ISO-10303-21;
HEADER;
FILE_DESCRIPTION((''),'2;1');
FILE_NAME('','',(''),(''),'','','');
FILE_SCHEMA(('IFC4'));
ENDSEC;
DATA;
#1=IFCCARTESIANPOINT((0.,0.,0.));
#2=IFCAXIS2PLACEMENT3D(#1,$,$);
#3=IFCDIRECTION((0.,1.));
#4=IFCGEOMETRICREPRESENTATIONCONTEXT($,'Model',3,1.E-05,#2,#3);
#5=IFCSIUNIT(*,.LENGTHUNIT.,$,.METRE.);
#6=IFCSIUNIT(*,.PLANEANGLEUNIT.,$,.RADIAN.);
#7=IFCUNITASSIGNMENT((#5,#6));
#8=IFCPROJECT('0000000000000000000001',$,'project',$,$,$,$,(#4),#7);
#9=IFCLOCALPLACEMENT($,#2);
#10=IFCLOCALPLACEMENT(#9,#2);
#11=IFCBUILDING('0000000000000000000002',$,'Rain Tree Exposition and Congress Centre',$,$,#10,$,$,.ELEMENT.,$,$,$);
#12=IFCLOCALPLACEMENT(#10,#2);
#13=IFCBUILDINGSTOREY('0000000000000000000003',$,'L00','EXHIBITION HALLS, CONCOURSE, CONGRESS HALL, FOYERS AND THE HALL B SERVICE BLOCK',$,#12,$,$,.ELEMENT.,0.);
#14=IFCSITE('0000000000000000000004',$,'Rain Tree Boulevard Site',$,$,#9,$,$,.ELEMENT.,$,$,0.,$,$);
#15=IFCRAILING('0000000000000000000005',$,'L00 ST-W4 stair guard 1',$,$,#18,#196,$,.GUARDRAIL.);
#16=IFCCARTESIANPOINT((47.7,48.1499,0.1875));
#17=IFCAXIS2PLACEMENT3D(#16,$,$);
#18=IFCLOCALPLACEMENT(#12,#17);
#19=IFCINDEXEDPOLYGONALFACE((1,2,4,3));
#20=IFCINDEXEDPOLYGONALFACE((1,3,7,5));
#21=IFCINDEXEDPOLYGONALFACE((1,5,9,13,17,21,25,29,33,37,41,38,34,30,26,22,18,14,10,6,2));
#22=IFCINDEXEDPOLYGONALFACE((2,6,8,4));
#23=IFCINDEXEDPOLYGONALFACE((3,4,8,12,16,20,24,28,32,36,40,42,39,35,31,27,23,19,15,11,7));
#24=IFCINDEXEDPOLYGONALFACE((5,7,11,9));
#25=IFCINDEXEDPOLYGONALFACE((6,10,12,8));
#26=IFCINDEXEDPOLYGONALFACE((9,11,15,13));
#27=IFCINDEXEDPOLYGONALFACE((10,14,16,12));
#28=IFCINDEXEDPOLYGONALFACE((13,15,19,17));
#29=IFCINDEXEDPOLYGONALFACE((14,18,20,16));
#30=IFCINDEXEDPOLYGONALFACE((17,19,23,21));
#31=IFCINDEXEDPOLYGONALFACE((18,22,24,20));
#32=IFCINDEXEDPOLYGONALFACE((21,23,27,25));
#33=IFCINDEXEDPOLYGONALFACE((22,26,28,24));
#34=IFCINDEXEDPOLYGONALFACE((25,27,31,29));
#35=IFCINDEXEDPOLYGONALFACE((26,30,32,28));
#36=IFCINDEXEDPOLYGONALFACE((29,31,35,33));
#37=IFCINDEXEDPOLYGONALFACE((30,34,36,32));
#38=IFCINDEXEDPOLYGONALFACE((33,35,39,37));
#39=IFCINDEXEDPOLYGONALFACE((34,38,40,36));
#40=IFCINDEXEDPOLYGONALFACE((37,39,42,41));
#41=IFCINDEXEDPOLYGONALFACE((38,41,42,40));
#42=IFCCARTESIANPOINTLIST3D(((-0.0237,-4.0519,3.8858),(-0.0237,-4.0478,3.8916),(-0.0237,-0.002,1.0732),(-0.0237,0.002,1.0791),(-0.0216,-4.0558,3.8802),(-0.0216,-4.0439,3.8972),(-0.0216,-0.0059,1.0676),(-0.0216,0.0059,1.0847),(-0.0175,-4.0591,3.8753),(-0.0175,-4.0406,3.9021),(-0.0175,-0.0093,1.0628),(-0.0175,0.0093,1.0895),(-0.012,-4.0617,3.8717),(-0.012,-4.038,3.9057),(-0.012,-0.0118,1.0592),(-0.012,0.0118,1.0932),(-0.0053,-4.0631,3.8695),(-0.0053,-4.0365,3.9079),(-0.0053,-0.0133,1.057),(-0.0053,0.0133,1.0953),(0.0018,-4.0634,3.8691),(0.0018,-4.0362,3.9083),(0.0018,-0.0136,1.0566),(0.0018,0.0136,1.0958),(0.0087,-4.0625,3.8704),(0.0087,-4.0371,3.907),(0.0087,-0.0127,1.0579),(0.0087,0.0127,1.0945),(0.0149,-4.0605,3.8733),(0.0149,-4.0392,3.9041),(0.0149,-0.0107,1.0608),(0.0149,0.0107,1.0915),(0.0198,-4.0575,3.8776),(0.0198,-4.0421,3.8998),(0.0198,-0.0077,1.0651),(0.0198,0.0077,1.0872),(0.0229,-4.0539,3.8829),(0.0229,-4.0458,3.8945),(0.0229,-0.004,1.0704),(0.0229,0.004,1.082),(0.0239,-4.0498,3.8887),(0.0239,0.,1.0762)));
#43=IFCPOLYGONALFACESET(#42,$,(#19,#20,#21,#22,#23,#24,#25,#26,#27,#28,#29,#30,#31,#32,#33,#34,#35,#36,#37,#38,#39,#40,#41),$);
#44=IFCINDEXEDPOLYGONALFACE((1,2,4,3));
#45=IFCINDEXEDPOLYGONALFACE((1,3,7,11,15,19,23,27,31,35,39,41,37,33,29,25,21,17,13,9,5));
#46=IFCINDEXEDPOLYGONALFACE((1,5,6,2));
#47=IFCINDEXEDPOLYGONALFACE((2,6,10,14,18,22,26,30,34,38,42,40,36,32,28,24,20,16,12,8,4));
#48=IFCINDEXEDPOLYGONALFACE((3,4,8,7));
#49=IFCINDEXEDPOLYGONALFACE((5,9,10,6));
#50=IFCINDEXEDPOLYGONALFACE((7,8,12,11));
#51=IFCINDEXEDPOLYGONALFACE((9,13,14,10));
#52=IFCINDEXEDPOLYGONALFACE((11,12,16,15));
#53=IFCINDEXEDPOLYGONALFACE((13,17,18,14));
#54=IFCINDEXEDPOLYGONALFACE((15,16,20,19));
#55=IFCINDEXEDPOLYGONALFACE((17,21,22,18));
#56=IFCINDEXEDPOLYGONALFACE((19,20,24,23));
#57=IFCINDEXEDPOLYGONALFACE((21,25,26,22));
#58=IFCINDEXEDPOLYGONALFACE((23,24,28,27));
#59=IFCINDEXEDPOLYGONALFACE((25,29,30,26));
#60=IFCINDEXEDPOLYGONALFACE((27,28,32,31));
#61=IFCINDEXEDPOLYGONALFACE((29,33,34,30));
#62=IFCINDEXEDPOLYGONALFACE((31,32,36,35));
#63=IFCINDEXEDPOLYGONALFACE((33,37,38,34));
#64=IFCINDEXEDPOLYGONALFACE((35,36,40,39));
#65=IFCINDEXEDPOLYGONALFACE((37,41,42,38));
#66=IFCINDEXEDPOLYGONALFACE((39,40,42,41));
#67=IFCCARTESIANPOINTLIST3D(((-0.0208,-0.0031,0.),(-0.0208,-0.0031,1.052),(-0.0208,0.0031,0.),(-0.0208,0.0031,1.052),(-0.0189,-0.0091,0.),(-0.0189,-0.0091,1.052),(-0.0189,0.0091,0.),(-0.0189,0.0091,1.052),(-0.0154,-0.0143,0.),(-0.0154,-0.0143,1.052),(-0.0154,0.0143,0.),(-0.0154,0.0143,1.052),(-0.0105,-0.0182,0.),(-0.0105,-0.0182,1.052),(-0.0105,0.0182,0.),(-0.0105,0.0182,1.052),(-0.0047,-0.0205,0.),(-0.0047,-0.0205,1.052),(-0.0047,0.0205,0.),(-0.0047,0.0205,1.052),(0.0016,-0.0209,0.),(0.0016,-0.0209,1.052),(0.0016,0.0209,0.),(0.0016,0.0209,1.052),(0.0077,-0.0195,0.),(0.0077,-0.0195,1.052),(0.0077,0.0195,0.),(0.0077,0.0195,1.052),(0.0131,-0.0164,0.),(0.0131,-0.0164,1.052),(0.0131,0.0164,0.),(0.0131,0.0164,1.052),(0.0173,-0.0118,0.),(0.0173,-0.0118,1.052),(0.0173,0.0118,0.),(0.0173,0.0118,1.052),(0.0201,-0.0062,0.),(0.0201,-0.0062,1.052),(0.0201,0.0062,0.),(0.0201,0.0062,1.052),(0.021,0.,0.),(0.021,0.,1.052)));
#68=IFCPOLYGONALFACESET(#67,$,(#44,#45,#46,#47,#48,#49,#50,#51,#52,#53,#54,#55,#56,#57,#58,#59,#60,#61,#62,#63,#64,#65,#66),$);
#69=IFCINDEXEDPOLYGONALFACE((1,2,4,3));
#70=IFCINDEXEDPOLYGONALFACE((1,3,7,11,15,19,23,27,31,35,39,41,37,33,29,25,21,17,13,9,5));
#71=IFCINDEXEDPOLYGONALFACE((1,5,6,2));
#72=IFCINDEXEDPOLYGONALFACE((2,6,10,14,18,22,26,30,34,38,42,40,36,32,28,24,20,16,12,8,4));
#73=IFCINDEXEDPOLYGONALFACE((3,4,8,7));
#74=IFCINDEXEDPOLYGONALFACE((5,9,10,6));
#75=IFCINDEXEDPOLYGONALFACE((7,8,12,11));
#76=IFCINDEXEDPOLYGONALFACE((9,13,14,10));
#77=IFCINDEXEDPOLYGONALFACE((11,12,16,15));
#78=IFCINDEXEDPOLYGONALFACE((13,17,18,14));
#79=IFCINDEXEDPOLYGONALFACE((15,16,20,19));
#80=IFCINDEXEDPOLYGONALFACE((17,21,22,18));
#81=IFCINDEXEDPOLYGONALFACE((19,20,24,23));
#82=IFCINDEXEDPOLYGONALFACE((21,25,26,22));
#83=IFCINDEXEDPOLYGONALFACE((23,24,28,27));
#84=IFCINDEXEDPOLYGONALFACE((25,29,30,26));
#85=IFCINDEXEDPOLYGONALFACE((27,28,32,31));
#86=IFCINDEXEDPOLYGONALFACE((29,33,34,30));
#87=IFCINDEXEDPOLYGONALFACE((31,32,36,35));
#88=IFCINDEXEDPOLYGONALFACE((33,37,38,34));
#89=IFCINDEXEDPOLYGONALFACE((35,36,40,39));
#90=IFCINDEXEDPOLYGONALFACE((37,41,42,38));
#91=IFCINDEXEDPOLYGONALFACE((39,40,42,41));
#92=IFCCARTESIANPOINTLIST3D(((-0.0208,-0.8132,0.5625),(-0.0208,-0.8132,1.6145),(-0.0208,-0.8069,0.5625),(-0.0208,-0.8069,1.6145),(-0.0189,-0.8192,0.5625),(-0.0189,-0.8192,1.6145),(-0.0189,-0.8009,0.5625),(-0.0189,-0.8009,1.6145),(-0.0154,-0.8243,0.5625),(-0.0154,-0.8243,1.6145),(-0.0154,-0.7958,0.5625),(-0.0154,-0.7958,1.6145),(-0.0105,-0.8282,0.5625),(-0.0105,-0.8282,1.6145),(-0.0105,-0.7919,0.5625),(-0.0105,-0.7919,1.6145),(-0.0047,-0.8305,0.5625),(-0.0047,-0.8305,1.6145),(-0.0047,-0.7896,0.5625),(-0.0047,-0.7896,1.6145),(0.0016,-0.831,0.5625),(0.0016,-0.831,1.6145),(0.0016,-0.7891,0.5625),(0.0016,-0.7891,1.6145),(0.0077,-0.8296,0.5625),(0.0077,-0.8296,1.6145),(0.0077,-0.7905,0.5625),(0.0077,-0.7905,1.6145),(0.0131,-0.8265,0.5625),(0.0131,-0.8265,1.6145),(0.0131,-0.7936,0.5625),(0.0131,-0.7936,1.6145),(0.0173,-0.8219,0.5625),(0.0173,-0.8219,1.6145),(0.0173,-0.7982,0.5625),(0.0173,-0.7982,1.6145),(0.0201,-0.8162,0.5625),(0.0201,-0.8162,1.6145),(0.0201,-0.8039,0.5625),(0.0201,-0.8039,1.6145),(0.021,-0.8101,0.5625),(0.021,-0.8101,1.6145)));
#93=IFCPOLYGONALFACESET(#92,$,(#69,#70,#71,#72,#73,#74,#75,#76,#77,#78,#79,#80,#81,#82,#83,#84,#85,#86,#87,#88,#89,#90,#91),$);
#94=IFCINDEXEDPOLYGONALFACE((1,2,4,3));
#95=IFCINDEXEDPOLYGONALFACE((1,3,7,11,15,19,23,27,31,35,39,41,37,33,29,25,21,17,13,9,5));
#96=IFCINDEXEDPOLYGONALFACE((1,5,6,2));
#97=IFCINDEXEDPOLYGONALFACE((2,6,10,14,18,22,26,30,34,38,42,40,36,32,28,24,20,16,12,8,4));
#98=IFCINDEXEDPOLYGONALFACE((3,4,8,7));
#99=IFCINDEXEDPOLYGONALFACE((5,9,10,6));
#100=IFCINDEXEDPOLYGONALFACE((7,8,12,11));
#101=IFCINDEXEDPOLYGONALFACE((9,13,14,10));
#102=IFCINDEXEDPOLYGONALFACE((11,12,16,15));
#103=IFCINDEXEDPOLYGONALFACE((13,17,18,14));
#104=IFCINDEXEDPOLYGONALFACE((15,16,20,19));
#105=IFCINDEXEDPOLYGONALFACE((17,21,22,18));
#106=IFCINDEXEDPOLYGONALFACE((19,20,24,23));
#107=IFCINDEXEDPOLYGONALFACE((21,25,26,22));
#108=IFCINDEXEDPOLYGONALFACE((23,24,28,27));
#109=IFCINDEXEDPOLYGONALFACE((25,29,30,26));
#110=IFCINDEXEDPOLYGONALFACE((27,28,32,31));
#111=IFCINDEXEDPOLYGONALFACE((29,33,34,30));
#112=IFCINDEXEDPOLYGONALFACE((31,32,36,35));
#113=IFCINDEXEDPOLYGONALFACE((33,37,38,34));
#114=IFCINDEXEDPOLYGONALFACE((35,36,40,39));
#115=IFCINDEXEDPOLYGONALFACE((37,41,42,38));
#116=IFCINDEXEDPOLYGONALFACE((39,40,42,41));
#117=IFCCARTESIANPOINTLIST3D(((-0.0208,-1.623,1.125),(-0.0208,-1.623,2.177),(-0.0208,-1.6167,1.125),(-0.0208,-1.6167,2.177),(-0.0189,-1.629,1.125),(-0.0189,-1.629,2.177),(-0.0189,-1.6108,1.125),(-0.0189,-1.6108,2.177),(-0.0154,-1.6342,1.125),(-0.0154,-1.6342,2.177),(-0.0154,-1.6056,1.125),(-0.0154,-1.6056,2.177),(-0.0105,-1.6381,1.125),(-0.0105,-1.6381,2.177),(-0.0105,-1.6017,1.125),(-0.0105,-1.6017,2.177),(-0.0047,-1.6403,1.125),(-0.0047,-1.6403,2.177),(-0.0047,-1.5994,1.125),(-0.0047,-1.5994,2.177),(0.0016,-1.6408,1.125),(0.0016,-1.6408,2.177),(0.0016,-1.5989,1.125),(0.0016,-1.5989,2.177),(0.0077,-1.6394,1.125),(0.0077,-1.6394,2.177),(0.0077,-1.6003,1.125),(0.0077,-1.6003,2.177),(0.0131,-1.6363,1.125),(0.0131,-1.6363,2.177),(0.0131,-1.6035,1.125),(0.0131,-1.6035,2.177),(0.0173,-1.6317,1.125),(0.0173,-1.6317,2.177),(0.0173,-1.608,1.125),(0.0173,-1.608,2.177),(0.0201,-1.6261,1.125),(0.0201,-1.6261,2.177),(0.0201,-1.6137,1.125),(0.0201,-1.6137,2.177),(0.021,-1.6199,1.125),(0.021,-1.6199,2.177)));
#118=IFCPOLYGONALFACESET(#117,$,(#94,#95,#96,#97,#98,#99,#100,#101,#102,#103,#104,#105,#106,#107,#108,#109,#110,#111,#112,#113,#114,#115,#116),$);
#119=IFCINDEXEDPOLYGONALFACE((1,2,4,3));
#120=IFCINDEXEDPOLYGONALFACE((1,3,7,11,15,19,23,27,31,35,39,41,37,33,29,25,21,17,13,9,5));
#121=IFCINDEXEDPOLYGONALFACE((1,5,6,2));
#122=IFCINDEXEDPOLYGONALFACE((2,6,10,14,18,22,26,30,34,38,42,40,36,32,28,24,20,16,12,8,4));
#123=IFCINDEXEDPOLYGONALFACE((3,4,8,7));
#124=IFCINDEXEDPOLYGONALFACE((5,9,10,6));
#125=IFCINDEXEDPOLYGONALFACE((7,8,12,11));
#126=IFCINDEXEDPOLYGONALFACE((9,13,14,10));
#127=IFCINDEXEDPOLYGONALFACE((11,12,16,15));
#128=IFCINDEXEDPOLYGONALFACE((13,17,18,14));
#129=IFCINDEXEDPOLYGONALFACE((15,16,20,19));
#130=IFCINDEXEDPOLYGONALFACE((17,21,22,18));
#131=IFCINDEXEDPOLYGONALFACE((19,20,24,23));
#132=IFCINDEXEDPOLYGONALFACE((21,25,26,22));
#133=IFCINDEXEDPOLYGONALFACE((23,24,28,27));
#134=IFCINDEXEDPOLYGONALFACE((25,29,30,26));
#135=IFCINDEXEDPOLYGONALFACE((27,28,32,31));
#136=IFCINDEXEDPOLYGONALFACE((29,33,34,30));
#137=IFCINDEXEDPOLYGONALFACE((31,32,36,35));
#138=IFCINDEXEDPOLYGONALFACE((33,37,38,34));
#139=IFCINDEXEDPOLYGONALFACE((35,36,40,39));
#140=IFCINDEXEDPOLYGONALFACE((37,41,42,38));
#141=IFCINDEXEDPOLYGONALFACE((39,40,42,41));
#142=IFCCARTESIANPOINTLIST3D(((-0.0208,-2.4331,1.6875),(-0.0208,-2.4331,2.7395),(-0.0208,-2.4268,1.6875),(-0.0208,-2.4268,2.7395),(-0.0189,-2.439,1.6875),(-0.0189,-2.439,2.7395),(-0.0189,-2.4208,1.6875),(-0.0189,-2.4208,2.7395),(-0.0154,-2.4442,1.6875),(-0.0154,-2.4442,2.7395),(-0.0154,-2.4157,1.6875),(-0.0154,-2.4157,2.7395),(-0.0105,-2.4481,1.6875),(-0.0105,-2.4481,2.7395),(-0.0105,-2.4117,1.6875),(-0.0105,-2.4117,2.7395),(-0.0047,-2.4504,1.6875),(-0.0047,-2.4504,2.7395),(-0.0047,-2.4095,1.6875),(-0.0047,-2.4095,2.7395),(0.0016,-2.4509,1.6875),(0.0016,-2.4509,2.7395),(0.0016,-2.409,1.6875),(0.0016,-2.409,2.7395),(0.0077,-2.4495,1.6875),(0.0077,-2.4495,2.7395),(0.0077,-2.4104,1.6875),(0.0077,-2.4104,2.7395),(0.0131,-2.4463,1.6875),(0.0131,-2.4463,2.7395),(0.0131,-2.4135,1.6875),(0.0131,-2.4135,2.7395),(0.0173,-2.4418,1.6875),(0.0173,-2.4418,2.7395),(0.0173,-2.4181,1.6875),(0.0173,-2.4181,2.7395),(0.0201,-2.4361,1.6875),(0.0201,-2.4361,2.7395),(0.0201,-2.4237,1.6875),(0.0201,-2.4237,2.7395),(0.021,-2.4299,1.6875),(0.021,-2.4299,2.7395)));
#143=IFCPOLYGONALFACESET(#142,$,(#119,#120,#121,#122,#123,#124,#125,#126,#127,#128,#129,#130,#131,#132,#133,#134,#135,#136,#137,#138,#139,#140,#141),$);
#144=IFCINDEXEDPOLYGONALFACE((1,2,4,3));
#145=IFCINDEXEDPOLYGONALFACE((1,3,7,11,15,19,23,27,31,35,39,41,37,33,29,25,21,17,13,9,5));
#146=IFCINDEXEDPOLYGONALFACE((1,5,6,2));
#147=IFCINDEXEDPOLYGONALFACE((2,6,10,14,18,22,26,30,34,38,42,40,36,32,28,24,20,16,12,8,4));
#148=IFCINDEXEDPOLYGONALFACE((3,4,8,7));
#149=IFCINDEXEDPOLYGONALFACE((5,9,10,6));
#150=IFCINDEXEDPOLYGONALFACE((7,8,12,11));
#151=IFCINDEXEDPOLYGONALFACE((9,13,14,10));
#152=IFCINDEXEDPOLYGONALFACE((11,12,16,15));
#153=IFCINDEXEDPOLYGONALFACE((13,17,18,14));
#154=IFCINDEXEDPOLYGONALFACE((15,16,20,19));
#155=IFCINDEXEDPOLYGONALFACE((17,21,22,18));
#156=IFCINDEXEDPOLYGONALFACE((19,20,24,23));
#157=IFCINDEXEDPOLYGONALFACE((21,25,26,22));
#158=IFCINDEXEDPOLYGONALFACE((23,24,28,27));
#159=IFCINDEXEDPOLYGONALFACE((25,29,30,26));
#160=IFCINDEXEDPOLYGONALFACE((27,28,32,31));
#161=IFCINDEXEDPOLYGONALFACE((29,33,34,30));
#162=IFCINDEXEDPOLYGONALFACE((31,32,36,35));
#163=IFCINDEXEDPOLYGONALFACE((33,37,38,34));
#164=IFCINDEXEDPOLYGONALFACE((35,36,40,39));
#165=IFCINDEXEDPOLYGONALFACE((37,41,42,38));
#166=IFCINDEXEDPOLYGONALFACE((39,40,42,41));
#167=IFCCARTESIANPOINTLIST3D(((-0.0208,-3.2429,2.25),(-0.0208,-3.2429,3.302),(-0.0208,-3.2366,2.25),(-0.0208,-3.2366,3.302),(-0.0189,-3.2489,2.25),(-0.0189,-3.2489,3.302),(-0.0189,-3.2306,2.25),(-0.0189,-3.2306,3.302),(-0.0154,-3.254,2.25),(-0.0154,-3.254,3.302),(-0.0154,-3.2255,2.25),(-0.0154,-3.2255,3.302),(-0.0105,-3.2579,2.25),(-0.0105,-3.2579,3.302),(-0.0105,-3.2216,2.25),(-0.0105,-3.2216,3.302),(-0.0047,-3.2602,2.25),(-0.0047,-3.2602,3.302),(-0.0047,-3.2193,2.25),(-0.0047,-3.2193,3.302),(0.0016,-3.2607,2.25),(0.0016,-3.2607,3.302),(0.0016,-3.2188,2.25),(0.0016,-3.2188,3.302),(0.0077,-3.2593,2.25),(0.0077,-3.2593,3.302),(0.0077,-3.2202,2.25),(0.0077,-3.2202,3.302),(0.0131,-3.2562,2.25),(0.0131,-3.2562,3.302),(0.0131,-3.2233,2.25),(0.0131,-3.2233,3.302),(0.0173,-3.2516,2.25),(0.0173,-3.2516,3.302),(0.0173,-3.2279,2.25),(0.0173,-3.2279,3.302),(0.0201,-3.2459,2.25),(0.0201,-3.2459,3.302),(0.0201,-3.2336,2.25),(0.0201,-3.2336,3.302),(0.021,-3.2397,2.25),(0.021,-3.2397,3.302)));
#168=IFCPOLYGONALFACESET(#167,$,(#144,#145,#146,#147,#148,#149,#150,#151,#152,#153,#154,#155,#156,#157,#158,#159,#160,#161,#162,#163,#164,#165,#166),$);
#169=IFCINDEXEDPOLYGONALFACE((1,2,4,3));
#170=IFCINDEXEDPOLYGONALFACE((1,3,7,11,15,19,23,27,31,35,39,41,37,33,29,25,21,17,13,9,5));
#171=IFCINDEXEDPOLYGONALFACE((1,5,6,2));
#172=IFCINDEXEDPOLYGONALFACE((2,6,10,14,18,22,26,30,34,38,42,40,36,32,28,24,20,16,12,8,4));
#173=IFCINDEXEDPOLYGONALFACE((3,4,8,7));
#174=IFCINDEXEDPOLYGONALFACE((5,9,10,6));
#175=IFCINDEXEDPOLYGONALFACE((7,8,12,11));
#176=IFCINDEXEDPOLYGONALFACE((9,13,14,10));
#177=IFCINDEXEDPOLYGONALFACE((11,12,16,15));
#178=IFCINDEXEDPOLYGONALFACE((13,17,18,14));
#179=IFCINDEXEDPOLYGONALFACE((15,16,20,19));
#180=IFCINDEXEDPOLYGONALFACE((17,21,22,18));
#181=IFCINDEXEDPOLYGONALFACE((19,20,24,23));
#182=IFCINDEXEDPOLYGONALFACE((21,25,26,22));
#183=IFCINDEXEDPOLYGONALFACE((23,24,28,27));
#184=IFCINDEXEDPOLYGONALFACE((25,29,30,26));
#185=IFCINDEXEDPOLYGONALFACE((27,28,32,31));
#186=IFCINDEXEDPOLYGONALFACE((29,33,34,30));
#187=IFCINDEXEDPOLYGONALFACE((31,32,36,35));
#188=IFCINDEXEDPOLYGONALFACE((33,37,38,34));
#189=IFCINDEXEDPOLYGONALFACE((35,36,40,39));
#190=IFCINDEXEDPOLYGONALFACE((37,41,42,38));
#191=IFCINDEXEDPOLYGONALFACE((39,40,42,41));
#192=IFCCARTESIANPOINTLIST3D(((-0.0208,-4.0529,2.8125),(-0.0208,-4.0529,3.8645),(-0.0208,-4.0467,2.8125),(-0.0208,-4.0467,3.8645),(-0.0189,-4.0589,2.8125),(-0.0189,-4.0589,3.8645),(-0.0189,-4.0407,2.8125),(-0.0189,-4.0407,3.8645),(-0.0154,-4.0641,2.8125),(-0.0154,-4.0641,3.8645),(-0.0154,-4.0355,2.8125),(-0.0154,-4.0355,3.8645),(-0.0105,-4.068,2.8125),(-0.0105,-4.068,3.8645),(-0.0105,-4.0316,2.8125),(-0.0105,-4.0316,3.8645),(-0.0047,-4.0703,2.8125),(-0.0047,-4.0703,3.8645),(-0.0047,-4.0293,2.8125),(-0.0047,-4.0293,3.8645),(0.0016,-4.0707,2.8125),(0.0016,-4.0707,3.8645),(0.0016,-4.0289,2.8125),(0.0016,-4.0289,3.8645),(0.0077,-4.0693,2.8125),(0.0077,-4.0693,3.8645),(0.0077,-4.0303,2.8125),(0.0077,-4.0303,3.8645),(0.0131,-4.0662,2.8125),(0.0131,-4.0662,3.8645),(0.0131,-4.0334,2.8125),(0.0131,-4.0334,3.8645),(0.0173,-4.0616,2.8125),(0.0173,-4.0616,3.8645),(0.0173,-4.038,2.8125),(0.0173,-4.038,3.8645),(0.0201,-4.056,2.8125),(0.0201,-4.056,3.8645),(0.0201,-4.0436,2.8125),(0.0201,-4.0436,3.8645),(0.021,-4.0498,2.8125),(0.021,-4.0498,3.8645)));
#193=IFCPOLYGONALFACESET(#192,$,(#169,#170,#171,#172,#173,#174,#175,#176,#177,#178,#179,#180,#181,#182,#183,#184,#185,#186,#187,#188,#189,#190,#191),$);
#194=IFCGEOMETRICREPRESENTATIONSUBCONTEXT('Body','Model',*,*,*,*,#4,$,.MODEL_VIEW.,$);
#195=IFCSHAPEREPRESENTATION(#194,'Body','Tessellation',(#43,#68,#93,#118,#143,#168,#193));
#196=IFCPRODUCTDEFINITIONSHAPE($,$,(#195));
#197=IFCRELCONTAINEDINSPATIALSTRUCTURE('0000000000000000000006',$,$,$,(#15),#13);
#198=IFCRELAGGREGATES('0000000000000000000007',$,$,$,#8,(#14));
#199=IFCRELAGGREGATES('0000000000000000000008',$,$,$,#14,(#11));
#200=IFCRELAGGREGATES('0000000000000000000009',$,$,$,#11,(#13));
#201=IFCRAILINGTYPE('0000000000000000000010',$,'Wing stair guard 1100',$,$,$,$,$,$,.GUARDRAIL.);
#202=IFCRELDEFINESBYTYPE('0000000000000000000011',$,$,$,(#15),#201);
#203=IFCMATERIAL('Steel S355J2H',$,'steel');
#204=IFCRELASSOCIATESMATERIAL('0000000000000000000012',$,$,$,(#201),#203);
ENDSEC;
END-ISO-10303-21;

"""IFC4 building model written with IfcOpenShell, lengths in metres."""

from ifc_helpers import new_model, si_unit, direction, frame, origin, origin_2d, place, context, subcontext, project, spatial, circle, extrude, material, type_object, element, save


model = new_model("IFC4")

# Units and contexts
model_context = context("Model", 3, precision=1e-05, world=origin(), true_north=direction((0.0, 1.0)))
body_context = subcontext(model_context, "Body", "Model", "MODEL_VIEW")
ifc_project = project(units=[si_unit("LENGTHUNIT", "METRE"), si_unit("PLANEANGLEUNIT", "RADIAN")], contexts=[model_context])

# Site, building, storey
site_placement = place(None, origin())
site = spatial("IfcSite", under=ifc_project, at=site_placement, Name="Rain Tree Boulevard Site", CompositionType="ELEMENT", RefElevation=0.0)
building_placement = place(site_placement, origin())
building = spatial("IfcBuilding", under=site, at=building_placement, Name="Rain Tree Exposition and Congress Centre", CompositionType="ELEMENT")
storey_placement = place(building_placement, origin())
storey = spatial("IfcBuildingStorey", under=building, at=storey_placement, Name="L00", Description="EXHIBITION HALLS, CONCOURSE, CONGRESS HALL, FOYERS AND THE HALL B SERVICE BLOCK", CompositionType="ELEMENT", Elevation=0.0)

# Railing
ifc_material_1 = material(Name="Steel S355J2H", Category="steel")
railing_type_1 = type_object("IfcRailingType", Name="Wing stair guard 1100", PredefinedType="GUARDRAIL", material=ifc_material_1)
railing_1_placement = place(storey_placement, frame((47.7, 48.1499, 0.1875)))
element("IfcRailing", 1, at=railing_1_placement, inside=storey, type_object=railing_type_1, Name="L00 ST-W4 stair guard 1", PredefinedType="GUARDRAIL", context=body_context, shape_type="SweptSolid", body=[
    extrude(circle(Radius=0.0239, at=origin_2d()), frame((0.0, 0.0, 1.0762), z_axis=(0.0, -0.821357, 0.570414), x_axis=(1.0, 0.0, 0.0)), (0.0, 0.0, 1.0), 4.9307),
    extrude(circle(Radius=0.021, at=origin_2d()), origin(), (0.0, 0.0, 1.0), 1.052),
    extrude(circle(Radius=0.021, at=origin_2d()), frame((0.0, -0.8101, 0.5625)), (0.0, 0.0, 1.0), 1.052),
    extrude(circle(Radius=0.021, at=origin_2d()), frame((0.0, -1.6199, 1.125)), (0.0, 0.0, 1.0), 1.052),
    extrude(circle(Radius=0.021, at=origin_2d()), frame((0.0, -2.4299, 1.6875)), (0.0, 0.0, 1.0), 1.052),
    extrude(circle(Radius=0.021, at=origin_2d()), frame((0.0, -3.2397, 2.25)), (0.0, 0.0, 1.0), 1.052),
    extrude(circle(Radius=0.021, at=origin_2d()), frame((0.0, -4.0498, 2.8125)), (0.0, 0.0, 1.0), 1.052),
])

save(model, "model.ifc")
